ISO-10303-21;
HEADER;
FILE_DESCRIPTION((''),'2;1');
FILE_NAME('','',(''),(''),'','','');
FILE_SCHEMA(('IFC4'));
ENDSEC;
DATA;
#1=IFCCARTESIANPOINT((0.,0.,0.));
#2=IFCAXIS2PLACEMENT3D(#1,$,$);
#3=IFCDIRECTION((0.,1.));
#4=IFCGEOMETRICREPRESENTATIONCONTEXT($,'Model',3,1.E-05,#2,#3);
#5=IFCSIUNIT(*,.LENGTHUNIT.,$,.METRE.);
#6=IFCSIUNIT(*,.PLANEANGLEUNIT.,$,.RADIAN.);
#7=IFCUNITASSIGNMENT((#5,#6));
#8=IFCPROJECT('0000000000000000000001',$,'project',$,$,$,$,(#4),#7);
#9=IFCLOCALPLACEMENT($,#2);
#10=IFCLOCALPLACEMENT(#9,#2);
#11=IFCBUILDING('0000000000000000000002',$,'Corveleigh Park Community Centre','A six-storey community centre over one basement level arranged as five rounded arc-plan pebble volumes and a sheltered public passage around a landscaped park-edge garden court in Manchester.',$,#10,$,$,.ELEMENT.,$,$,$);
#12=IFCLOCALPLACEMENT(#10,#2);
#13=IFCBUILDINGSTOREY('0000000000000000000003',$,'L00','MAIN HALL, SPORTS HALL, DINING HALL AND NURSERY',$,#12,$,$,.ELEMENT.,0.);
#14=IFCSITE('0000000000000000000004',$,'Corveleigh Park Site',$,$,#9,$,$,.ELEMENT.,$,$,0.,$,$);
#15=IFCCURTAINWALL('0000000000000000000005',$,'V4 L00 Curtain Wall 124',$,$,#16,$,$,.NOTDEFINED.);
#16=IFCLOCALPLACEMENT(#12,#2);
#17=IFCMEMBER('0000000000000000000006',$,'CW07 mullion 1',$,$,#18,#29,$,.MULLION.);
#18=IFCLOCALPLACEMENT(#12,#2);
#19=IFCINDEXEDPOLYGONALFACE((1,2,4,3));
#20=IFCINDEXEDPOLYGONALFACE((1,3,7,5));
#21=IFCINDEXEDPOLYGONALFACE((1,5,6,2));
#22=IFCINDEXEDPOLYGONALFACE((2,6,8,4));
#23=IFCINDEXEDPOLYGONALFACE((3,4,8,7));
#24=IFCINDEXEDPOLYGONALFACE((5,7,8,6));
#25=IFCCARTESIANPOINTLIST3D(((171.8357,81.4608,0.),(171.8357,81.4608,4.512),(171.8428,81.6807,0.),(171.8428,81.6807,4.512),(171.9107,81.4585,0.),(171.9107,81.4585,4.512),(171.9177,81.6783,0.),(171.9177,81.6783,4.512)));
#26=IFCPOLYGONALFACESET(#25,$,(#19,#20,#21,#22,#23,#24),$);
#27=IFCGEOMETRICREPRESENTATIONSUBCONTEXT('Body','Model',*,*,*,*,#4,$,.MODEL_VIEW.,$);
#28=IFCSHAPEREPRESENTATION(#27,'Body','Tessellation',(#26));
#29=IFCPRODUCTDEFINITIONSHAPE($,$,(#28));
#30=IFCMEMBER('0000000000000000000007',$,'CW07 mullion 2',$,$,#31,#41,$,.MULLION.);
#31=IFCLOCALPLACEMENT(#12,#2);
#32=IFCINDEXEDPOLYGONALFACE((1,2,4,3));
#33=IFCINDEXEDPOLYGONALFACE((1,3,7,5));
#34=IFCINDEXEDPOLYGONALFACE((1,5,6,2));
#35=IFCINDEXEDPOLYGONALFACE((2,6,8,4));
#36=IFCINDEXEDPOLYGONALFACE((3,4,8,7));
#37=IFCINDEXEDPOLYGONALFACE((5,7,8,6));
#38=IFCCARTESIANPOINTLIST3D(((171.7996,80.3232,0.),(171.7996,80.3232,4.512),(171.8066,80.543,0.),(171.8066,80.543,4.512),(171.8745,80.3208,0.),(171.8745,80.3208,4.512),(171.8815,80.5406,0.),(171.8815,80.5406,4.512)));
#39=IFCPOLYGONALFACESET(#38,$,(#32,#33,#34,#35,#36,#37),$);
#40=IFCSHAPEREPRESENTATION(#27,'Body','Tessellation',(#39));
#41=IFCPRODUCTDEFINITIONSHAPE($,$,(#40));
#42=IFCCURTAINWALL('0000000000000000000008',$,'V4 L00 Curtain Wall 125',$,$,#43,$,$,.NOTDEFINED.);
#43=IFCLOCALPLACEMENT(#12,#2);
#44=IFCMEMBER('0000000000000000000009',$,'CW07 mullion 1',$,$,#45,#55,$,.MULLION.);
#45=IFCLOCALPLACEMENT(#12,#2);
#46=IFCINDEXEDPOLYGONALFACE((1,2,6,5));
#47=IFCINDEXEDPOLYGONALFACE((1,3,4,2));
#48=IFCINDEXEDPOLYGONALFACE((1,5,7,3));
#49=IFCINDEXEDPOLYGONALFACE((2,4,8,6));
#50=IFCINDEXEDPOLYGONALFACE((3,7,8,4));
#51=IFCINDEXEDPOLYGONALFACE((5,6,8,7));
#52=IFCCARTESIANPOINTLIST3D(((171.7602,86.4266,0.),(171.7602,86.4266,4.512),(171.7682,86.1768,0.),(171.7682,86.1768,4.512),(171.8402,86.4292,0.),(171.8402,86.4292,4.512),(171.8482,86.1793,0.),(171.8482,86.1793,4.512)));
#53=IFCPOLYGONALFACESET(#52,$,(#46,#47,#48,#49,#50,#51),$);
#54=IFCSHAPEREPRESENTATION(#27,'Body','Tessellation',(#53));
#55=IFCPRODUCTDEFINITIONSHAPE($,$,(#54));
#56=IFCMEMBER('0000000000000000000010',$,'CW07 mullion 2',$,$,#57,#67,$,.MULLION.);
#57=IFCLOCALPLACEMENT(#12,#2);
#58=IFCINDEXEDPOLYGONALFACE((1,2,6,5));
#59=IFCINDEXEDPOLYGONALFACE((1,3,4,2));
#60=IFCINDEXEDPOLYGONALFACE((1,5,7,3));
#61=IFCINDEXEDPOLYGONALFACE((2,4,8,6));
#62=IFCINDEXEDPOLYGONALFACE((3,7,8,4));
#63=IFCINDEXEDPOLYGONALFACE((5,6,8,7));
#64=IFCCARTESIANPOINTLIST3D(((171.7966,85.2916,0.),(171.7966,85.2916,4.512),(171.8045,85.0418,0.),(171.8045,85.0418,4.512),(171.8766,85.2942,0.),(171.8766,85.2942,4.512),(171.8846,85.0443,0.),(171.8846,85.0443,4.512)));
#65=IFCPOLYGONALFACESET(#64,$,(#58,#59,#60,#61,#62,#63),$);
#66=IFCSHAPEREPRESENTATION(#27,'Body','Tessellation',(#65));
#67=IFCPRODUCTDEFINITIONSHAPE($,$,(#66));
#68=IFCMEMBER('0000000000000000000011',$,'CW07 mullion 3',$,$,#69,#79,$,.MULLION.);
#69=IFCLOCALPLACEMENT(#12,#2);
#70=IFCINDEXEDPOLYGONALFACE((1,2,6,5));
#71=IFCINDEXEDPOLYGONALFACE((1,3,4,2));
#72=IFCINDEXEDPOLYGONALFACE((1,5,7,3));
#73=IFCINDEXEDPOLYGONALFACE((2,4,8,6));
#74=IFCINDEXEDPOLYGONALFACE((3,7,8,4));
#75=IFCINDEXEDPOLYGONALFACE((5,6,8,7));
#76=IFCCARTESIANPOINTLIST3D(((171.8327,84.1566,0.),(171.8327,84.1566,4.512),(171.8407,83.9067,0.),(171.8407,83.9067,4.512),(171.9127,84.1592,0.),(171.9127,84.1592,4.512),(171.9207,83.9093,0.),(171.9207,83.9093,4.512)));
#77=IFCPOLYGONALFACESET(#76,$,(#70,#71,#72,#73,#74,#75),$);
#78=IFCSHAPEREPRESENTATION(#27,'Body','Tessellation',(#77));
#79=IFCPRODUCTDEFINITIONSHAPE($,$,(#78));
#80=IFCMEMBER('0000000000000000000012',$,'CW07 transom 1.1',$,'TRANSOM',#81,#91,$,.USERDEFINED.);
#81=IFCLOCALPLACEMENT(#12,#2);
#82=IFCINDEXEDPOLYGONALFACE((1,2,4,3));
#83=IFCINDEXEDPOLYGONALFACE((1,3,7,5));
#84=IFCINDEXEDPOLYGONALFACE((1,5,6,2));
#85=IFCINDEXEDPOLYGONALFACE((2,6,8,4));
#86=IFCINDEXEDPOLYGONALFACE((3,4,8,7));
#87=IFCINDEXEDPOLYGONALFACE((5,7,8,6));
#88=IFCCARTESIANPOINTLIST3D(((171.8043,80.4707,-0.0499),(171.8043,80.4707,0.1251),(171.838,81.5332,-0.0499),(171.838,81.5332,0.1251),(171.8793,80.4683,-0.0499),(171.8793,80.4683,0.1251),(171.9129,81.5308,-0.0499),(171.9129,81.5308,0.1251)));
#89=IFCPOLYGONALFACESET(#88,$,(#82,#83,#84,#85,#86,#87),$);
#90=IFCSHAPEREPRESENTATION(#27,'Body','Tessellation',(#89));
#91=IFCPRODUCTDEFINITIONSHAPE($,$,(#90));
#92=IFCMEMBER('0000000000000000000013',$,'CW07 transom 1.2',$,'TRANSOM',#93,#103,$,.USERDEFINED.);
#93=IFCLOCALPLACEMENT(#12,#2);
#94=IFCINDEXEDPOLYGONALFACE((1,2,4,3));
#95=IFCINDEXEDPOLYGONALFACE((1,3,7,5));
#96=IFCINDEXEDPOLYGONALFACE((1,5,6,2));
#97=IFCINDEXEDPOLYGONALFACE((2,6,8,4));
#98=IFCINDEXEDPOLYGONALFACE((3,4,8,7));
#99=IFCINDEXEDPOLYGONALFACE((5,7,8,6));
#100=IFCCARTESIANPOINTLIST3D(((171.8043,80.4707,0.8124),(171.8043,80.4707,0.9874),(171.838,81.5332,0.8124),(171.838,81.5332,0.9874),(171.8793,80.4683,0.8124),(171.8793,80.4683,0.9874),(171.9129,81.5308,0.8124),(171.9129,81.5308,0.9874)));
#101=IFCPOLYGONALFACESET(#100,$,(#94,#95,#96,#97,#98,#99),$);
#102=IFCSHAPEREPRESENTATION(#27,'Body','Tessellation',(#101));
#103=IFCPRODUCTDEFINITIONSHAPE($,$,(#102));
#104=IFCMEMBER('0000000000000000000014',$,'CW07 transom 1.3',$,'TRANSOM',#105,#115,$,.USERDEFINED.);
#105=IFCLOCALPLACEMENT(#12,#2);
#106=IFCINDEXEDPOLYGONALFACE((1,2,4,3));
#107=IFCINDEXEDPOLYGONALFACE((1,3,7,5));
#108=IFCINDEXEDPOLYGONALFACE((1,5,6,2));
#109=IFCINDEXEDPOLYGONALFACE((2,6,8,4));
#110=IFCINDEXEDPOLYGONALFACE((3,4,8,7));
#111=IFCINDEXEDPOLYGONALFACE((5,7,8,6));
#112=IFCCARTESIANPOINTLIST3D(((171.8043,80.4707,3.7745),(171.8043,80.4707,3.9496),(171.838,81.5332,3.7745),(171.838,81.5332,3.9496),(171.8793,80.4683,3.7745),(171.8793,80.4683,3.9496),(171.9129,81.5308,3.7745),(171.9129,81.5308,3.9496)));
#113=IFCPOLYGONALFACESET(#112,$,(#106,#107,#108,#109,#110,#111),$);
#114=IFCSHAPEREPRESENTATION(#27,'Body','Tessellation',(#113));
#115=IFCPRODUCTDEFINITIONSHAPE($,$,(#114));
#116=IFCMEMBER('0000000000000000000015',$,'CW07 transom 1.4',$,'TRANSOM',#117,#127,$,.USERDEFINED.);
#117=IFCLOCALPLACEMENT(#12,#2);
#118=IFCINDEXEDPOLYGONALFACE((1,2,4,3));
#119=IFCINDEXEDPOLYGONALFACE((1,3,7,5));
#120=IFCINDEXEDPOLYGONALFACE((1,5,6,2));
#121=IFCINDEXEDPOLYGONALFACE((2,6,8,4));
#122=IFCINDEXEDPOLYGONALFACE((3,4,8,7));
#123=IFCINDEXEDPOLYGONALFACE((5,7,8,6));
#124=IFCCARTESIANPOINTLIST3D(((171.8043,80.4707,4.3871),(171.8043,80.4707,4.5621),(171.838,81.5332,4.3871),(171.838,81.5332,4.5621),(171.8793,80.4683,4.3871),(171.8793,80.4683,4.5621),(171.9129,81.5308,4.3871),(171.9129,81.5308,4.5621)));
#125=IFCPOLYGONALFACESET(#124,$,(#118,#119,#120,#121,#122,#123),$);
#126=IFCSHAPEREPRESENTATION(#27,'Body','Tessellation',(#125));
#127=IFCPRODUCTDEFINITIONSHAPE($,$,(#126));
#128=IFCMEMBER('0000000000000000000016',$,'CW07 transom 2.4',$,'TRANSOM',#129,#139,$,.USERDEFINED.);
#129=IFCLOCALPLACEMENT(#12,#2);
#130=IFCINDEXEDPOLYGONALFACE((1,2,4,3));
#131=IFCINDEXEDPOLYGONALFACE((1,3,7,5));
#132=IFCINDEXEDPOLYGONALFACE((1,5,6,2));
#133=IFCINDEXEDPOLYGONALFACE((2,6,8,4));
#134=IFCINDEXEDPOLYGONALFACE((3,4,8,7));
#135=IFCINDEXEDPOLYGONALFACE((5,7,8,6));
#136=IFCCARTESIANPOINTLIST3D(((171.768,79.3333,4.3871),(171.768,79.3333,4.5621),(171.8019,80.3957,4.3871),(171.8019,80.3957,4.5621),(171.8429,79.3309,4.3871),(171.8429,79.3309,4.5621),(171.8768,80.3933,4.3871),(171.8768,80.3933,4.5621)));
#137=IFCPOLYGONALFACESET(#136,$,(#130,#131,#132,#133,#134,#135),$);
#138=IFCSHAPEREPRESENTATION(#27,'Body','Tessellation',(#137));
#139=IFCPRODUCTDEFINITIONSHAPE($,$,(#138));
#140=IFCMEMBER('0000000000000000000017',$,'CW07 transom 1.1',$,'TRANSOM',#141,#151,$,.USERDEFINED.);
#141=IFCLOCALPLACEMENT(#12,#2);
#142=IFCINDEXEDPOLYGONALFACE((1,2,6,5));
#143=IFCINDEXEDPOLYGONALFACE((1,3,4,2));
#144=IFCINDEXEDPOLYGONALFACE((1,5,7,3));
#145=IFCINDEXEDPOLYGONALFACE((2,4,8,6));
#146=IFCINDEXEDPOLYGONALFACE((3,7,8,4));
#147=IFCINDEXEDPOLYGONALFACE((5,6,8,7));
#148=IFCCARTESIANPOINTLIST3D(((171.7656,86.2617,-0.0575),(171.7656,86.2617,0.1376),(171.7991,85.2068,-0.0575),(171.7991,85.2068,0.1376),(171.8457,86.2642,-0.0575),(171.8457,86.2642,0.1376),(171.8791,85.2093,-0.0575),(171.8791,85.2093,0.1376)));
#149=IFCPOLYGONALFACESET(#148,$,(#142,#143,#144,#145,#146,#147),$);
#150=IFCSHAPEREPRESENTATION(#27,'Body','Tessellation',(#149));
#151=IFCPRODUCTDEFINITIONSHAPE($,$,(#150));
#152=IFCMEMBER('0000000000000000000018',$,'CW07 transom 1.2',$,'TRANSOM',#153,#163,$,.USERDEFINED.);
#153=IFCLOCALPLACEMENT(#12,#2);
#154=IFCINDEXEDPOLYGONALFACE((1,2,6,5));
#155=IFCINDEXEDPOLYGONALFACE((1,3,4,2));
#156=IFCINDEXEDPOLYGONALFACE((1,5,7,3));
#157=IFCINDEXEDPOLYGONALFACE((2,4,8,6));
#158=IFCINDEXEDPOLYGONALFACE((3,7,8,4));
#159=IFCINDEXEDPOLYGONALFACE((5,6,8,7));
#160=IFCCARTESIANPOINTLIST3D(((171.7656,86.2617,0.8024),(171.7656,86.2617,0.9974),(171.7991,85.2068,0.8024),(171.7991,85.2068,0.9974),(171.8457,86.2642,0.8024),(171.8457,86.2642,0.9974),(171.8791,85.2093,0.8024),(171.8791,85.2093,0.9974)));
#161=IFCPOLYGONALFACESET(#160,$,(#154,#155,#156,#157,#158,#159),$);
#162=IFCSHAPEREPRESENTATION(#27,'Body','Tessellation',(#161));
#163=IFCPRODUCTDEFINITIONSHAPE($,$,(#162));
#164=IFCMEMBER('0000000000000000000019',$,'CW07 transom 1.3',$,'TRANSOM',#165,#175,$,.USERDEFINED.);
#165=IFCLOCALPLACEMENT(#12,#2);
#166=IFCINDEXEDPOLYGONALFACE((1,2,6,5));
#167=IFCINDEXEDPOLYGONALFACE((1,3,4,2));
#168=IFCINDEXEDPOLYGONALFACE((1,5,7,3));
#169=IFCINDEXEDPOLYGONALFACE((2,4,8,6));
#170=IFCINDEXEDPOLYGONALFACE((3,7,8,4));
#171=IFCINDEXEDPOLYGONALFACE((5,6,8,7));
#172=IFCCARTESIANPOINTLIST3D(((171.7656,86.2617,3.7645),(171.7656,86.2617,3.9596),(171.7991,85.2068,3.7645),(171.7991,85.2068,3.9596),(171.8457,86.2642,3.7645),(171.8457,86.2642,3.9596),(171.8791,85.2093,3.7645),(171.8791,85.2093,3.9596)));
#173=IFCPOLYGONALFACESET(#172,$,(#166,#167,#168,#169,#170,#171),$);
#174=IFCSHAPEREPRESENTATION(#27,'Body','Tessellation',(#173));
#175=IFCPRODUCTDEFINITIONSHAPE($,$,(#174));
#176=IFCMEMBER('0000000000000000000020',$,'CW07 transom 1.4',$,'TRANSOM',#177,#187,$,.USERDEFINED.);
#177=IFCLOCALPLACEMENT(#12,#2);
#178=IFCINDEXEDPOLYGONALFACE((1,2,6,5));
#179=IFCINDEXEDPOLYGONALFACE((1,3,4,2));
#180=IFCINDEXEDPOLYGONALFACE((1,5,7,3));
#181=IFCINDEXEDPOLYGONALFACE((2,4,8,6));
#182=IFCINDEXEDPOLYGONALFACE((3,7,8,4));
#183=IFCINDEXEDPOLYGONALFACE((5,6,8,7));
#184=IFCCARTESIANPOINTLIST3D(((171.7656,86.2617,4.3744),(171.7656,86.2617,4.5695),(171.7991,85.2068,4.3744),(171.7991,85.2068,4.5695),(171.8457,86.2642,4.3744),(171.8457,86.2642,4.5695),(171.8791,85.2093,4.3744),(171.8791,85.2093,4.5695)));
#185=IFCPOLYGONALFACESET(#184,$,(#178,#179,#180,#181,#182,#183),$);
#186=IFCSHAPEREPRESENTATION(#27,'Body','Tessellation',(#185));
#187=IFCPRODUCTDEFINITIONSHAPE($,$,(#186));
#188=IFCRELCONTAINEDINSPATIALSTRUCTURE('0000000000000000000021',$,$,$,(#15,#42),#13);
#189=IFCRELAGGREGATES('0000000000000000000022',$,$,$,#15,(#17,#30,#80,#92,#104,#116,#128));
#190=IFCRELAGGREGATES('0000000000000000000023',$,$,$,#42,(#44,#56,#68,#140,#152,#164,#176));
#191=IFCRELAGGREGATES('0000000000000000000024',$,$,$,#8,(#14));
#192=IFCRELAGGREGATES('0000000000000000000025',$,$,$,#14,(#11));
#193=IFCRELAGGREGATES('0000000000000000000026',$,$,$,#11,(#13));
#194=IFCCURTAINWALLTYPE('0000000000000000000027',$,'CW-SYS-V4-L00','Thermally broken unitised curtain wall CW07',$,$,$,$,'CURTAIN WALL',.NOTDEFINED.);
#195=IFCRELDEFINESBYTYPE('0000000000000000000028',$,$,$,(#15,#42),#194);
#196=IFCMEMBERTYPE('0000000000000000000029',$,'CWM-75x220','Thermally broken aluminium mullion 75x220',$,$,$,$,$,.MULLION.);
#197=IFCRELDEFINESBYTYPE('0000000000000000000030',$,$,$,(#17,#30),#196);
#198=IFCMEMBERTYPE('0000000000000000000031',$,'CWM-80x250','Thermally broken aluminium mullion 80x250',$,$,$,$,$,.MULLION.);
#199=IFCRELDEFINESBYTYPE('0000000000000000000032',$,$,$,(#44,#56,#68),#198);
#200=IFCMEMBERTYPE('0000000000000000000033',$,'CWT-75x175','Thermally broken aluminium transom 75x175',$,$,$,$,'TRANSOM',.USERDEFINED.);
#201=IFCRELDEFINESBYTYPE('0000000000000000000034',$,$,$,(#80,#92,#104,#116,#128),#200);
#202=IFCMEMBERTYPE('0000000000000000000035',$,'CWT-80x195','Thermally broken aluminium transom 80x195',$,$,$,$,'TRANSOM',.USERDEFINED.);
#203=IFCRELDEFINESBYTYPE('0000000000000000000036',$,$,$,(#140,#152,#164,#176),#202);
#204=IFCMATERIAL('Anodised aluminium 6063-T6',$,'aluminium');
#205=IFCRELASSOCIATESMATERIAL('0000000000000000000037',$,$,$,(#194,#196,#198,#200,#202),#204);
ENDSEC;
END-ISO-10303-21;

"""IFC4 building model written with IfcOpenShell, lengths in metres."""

from ifc_helpers import new_model, si_unit, direction, frame, origin, origin_2d, place, context, subcontext, project, spatial, rectangle, extrude, material, material_profile, profile_set, type_object, element, aggregate, save


model = new_model("IFC4")

# Units and contexts
model_context = context("Model", 3, precision=1e-05, world=origin(), true_north=direction((0.0, 1.0)))
body_context = subcontext(model_context, "Body", "Model", "MODEL_VIEW")
ifc_project = project(units=[si_unit("LENGTHUNIT", "METRE"), si_unit("PLANEANGLEUNIT", "RADIAN")], contexts=[model_context])

# Site, building, storey
site_placement = place(None, origin())
site = spatial("IfcSite", under=ifc_project, at=site_placement, Name="Corveleigh Park Site", CompositionType="ELEMENT", RefElevation=0.0)
building_placement = place(site_placement, origin())
building = spatial("IfcBuilding", under=site, at=building_placement, Name="Corveleigh Park Community Centre", Description="A six-storey community centre over one basement level arranged as five rounded arc-plan pebble volumes and a sheltered public passage around a landscaped park-edge garden court in Manchester.", CompositionType="ELEMENT")
storey_placement = place(building_placement, origin())
storey = spatial("IfcBuildingStorey", under=building, at=storey_placement, Name="L00", Description="MAIN HALL, SPORTS HALL, DINING HALL AND NURSERY", CompositionType="ELEMENT", Elevation=0.0)

# Curtain walls, members
ifc_material_1 = material(Name="Anodised aluminium 6063-T6", Category="aluminium")
curtain_wall_type = type_object("IfcCurtainWallType", Name="CW-SYS-V4-L00", Description="Thermally broken unitised curtain wall CW07", ElementType="CURTAIN WALL", PredefinedType="NOTDEFINED", material=ifc_material_1)
curtain_wall_1_placement = place(storey_placement, origin())
curtain_wall_1 = element("IfcCurtainWall", 1, at=curtain_wall_1_placement, inside=storey, type_object=curtain_wall_type, Name="V4 L00 Curtain Wall 124", PredefinedType="NOTDEFINED")
ifc_material_profile_1 = material_profile(ifc_material_1, rectangle(XDim=0.075, YDim=0.22, at=origin_2d()), Name="ALU-M75x220", Category="aluminium")
ifc_profile_set_1 = profile_set([ifc_material_profile_1], Name="Anodised aluminium 6063-T6")
member_type_1 = type_object("IfcMemberType", Name="CWM-75x220", Description="Thermally broken aluminium mullion 75x220", PredefinedType="MULLION", material=ifc_profile_set_1)
member_1_placement = place(storey_placement, frame((171.8767, 81.5696, 0.0), z_axis=(0.0, 0.0, 1.0), x_axis=(0.999491, -0.031899, 0.0)))
member_1 = element("IfcMember", 2, at=member_1_placement, type_object=member_type_1, Name="CW07 mullion 1", PredefinedType="MULLION", context=body_context, shape_type="SweptSolid", body=[
    extrude(rectangle(XDim=0.075, YDim=0.22, at=origin_2d()), origin(), (0.0, 0.0, 1.0), 4.512),
])
member_2_placement = place(storey_placement, frame((171.8406, 80.4319, 0.0), z_axis=(0.0, 0.0, 1.0), x_axis=(0.999491, -0.031899, 0.0)))
member_2 = element("IfcMember", 3, at=member_2_placement, type_object=member_type_1, Name="CW07 mullion 2", PredefinedType="MULLION", context=body_context, shape_type="SweptSolid", body=[
    extrude(rectangle(XDim=0.075, YDim=0.22, at=origin_2d()), origin(), (0.0, 0.0, 1.0), 4.512),
])
curtain_wall_2_placement = place(storey_placement, origin())
curtain_wall_2 = element("IfcCurtainWall", 4, at=curtain_wall_2_placement, inside=storey, type_object=curtain_wall_type, Name="V4 L00 Curtain Wall 125", PredefinedType="NOTDEFINED")
ifc_material_profile_2 = material_profile(ifc_material_1, rectangle(XDim=0.0801, YDim=0.25, at=origin_2d()), Name="ALU-M80x250", Category="aluminium")
ifc_profile_set_2 = profile_set([ifc_material_profile_2], Name="Anodised aluminium 6063-T6")
member_type_2 = type_object("IfcMemberType", Name="CWM-80x250", Description="Thermally broken aluminium mullion 80x250", PredefinedType="MULLION", material=ifc_profile_set_2)
member_3_placement = place(storey_placement, frame((171.8042, 86.303, 0.0), z_axis=(0.0, 0.0, 1.0), x_axis=(0.999491, 0.031899, 0.0)))
member_3 = element("IfcMember", 5, at=member_3_placement, type_object=member_type_2, Name="CW07 mullion 1", PredefinedType="MULLION", context=body_context, shape_type="SweptSolid", body=[
    extrude(rectangle(XDim=0.0801, YDim=0.25, at=origin_2d()), origin(), (0.0, 0.0, 1.0), 4.512),
])
member_4_placement = place(storey_placement, frame((171.8406, 85.168, 0.0), z_axis=(0.0, 0.0, 1.0), x_axis=(0.999491, 0.031899, 0.0)))
member_4 = element("IfcMember", 6, at=member_4_placement, type_object=member_type_2, Name="CW07 mullion 2", PredefinedType="MULLION", context=body_context, shape_type="SweptSolid", body=[
    extrude(rectangle(XDim=0.0801, YDim=0.25, at=origin_2d()), origin(), (0.0, 0.0, 1.0), 4.512),
])
member_5_placement = place(storey_placement, frame((171.8767, 84.033, 0.0), z_axis=(0.0, 0.0, 1.0), x_axis=(0.999491, 0.031899, 0.0)))
member_5 = element("IfcMember", 7, at=member_5_placement, type_object=member_type_2, Name="CW07 mullion 3", PredefinedType="MULLION", context=body_context, shape_type="SweptSolid", body=[
    extrude(rectangle(XDim=0.0801, YDim=0.25, at=origin_2d()), origin(), (0.0, 0.0, 1.0), 4.512),
])

# Members
ifc_material_profile_3 = material_profile(ifc_material_1, rectangle(XDim=0.075, YDim=0.175, at=origin_2d()), Name="ALU-T75x175", Category="aluminium")
ifc_profile_set_3 = profile_set([ifc_material_profile_3], Name="Anodised aluminium 6063-T6")
member_type_3 = type_object("IfcMemberType", Name="CWT-75x175", Description="Thermally broken aluminium transom 75x175", ElementType="TRANSOM", PredefinedType="USERDEFINED", material=ifc_profile_set_3)
member_6_placement = place(storey_placement, frame((171.8755, 81.532, 0.0376), z_axis=(-0.031694, -0.999498, 0.0), x_axis=(0.999498, -0.031694, 0.0)))
member_6 = element("IfcMember", 8, at=member_6_placement, type_object=member_type_3, Name="CW07 transom 1.1", ObjectType="TRANSOM", PredefinedType="USERDEFINED", context=body_context, shape_type="SweptSolid", body=[
    extrude(rectangle(XDim=0.075, YDim=0.175, at=origin_2d()), origin(), (0.0, 0.0, 1.0), 1.063),
])
member_7_placement = place(storey_placement, frame((171.8755, 81.532, 0.8999), z_axis=(-0.031694, -0.999498, 0.0), x_axis=(0.999498, -0.031694, 0.0)))
member_7 = element("IfcMember", 9, at=member_7_placement, type_object=member_type_3, Name="CW07 transom 1.2", ObjectType="TRANSOM", PredefinedType="USERDEFINED", context=body_context, shape_type="SweptSolid", body=[
    extrude(rectangle(XDim=0.075, YDim=0.175, at=origin_2d()), origin(), (0.0, 0.0, 1.0), 1.063),
])
member_8_placement = place(storey_placement, frame((171.8755, 81.532, 3.8621), z_axis=(-0.031694, -0.999498, 0.0), x_axis=(0.999498, -0.031694, 0.0)))
member_8 = element("IfcMember", 10, at=member_8_placement, type_object=member_type_3, Name="CW07 transom 1.3", ObjectType="TRANSOM", PredefinedType="USERDEFINED", context=body_context, shape_type="SweptSolid", body=[
    extrude(rectangle(XDim=0.075, YDim=0.175, at=origin_2d()), origin(), (0.0, 0.0, 1.0), 1.063),
])
member_9_placement = place(storey_placement, frame((171.8755, 81.532, 4.4746), z_axis=(-0.031694, -0.999498, 0.0), x_axis=(0.999498, -0.031694, 0.0)))
member_9 = element("IfcMember", 11, at=member_9_placement, type_object=member_type_3, Name="CW07 transom 1.4", ObjectType="TRANSOM", PredefinedType="USERDEFINED", context=body_context, shape_type="SweptSolid", body=[
    extrude(rectangle(XDim=0.075, YDim=0.175, at=origin_2d()), origin(), (0.0, 0.0, 1.0), 1.063),
])
member_10_placement = place(storey_placement, frame((171.8394, 80.3945, 4.4746), z_axis=(-0.031923, -0.99949, 0.0), x_axis=(0.99949, -0.031923, 0.0)))
member_10 = element("IfcMember", 12, at=member_10_placement, type_object=member_type_3, Name="CW07 transom 2.4", ObjectType="TRANSOM", PredefinedType="USERDEFINED", context=body_context, shape_type="SweptSolid", body=[
    extrude(rectangle(XDim=0.075, YDim=0.175, at=origin_2d()), origin(), (0.0, 0.0, 1.0), 1.063),
])
ifc_material_profile_4 = material_profile(ifc_material_1, rectangle(XDim=0.0801, YDim=0.1951, at=origin_2d()), Name="ALU-T80x195", Category="aluminium")
ifc_profile_set_4 = profile_set([ifc_material_profile_4], Name="Anodised aluminium 6063-T6")
member_type_4 = type_object("IfcMemberType", Name="CWT-80x195", Description="Thermally broken aluminium transom 80x195", ElementType="TRANSOM", PredefinedType="USERDEFINED", material=ifc_profile_set_4)
member_11_placement = place(storey_placement, frame((171.8057, 86.2629, 0.04), z_axis=(0.03169, -0.999498, 0.0), x_axis=(0.999498, 0.03169, 0.0)))
member_11 = element("IfcMember", 13, at=member_11_placement, type_object=member_type_4, Name="CW07 transom 1.1", ObjectType="TRANSOM", PredefinedType="USERDEFINED", context=body_context, shape_type="SweptSolid", body=[
    extrude(rectangle(XDim=0.0801, YDim=0.1951, at=origin_2d()), origin(), (0.0, 0.0, 1.0), 1.0554),
])
member_12_placement = place(storey_placement, frame((171.8057, 86.2629, 0.8999), z_axis=(0.03169, -0.999498, 0.0), x_axis=(0.999498, 0.03169, 0.0)))
member_12 = element("IfcMember", 14, at=member_12_placement, type_object=member_type_4, Name="CW07 transom 1.2", ObjectType="TRANSOM", PredefinedType="USERDEFINED", context=body_context, shape_type="SweptSolid", body=[
    extrude(rectangle(XDim=0.0801, YDim=0.1951, at=origin_2d()), origin(), (0.0, 0.0, 1.0), 1.0554),
])
member_13_placement = place(storey_placement, frame((171.8057, 86.2629, 3.8621), z_axis=(0.03169, -0.999498, 0.0), x_axis=(0.999498, 0.03169, 0.0)))
member_13 = element("IfcMember", 15, at=member_13_placement, type_object=member_type_4, Name="CW07 transom 1.3", ObjectType="TRANSOM", PredefinedType="USERDEFINED", context=body_context, shape_type="SweptSolid", body=[
    extrude(rectangle(XDim=0.0801, YDim=0.1951, at=origin_2d()), origin(), (0.0, 0.0, 1.0), 1.0554),
])
member_14_placement = place(storey_placement, frame((171.8057, 86.2629, 4.4719), z_axis=(0.03169, -0.999498, 0.0), x_axis=(0.999498, 0.03169, 0.0)))
member_14 = element("IfcMember", 16, at=member_14_placement, type_object=member_type_4, Name="CW07 transom 1.4", ObjectType="TRANSOM", PredefinedType="USERDEFINED", context=body_context, shape_type="SweptSolid", body=[
    extrude(rectangle(XDim=0.0801, YDim=0.1951, at=origin_2d()), origin(), (0.0, 0.0, 1.0), 1.0554),
])

aggregate(curtain_wall_1, [member_1, member_2, member_6, member_7, member_8, member_9, member_10])
aggregate(curtain_wall_2, [member_3, member_4, member_5, member_11, member_12, member_13, member_14])

save(model, "model.ifc")
